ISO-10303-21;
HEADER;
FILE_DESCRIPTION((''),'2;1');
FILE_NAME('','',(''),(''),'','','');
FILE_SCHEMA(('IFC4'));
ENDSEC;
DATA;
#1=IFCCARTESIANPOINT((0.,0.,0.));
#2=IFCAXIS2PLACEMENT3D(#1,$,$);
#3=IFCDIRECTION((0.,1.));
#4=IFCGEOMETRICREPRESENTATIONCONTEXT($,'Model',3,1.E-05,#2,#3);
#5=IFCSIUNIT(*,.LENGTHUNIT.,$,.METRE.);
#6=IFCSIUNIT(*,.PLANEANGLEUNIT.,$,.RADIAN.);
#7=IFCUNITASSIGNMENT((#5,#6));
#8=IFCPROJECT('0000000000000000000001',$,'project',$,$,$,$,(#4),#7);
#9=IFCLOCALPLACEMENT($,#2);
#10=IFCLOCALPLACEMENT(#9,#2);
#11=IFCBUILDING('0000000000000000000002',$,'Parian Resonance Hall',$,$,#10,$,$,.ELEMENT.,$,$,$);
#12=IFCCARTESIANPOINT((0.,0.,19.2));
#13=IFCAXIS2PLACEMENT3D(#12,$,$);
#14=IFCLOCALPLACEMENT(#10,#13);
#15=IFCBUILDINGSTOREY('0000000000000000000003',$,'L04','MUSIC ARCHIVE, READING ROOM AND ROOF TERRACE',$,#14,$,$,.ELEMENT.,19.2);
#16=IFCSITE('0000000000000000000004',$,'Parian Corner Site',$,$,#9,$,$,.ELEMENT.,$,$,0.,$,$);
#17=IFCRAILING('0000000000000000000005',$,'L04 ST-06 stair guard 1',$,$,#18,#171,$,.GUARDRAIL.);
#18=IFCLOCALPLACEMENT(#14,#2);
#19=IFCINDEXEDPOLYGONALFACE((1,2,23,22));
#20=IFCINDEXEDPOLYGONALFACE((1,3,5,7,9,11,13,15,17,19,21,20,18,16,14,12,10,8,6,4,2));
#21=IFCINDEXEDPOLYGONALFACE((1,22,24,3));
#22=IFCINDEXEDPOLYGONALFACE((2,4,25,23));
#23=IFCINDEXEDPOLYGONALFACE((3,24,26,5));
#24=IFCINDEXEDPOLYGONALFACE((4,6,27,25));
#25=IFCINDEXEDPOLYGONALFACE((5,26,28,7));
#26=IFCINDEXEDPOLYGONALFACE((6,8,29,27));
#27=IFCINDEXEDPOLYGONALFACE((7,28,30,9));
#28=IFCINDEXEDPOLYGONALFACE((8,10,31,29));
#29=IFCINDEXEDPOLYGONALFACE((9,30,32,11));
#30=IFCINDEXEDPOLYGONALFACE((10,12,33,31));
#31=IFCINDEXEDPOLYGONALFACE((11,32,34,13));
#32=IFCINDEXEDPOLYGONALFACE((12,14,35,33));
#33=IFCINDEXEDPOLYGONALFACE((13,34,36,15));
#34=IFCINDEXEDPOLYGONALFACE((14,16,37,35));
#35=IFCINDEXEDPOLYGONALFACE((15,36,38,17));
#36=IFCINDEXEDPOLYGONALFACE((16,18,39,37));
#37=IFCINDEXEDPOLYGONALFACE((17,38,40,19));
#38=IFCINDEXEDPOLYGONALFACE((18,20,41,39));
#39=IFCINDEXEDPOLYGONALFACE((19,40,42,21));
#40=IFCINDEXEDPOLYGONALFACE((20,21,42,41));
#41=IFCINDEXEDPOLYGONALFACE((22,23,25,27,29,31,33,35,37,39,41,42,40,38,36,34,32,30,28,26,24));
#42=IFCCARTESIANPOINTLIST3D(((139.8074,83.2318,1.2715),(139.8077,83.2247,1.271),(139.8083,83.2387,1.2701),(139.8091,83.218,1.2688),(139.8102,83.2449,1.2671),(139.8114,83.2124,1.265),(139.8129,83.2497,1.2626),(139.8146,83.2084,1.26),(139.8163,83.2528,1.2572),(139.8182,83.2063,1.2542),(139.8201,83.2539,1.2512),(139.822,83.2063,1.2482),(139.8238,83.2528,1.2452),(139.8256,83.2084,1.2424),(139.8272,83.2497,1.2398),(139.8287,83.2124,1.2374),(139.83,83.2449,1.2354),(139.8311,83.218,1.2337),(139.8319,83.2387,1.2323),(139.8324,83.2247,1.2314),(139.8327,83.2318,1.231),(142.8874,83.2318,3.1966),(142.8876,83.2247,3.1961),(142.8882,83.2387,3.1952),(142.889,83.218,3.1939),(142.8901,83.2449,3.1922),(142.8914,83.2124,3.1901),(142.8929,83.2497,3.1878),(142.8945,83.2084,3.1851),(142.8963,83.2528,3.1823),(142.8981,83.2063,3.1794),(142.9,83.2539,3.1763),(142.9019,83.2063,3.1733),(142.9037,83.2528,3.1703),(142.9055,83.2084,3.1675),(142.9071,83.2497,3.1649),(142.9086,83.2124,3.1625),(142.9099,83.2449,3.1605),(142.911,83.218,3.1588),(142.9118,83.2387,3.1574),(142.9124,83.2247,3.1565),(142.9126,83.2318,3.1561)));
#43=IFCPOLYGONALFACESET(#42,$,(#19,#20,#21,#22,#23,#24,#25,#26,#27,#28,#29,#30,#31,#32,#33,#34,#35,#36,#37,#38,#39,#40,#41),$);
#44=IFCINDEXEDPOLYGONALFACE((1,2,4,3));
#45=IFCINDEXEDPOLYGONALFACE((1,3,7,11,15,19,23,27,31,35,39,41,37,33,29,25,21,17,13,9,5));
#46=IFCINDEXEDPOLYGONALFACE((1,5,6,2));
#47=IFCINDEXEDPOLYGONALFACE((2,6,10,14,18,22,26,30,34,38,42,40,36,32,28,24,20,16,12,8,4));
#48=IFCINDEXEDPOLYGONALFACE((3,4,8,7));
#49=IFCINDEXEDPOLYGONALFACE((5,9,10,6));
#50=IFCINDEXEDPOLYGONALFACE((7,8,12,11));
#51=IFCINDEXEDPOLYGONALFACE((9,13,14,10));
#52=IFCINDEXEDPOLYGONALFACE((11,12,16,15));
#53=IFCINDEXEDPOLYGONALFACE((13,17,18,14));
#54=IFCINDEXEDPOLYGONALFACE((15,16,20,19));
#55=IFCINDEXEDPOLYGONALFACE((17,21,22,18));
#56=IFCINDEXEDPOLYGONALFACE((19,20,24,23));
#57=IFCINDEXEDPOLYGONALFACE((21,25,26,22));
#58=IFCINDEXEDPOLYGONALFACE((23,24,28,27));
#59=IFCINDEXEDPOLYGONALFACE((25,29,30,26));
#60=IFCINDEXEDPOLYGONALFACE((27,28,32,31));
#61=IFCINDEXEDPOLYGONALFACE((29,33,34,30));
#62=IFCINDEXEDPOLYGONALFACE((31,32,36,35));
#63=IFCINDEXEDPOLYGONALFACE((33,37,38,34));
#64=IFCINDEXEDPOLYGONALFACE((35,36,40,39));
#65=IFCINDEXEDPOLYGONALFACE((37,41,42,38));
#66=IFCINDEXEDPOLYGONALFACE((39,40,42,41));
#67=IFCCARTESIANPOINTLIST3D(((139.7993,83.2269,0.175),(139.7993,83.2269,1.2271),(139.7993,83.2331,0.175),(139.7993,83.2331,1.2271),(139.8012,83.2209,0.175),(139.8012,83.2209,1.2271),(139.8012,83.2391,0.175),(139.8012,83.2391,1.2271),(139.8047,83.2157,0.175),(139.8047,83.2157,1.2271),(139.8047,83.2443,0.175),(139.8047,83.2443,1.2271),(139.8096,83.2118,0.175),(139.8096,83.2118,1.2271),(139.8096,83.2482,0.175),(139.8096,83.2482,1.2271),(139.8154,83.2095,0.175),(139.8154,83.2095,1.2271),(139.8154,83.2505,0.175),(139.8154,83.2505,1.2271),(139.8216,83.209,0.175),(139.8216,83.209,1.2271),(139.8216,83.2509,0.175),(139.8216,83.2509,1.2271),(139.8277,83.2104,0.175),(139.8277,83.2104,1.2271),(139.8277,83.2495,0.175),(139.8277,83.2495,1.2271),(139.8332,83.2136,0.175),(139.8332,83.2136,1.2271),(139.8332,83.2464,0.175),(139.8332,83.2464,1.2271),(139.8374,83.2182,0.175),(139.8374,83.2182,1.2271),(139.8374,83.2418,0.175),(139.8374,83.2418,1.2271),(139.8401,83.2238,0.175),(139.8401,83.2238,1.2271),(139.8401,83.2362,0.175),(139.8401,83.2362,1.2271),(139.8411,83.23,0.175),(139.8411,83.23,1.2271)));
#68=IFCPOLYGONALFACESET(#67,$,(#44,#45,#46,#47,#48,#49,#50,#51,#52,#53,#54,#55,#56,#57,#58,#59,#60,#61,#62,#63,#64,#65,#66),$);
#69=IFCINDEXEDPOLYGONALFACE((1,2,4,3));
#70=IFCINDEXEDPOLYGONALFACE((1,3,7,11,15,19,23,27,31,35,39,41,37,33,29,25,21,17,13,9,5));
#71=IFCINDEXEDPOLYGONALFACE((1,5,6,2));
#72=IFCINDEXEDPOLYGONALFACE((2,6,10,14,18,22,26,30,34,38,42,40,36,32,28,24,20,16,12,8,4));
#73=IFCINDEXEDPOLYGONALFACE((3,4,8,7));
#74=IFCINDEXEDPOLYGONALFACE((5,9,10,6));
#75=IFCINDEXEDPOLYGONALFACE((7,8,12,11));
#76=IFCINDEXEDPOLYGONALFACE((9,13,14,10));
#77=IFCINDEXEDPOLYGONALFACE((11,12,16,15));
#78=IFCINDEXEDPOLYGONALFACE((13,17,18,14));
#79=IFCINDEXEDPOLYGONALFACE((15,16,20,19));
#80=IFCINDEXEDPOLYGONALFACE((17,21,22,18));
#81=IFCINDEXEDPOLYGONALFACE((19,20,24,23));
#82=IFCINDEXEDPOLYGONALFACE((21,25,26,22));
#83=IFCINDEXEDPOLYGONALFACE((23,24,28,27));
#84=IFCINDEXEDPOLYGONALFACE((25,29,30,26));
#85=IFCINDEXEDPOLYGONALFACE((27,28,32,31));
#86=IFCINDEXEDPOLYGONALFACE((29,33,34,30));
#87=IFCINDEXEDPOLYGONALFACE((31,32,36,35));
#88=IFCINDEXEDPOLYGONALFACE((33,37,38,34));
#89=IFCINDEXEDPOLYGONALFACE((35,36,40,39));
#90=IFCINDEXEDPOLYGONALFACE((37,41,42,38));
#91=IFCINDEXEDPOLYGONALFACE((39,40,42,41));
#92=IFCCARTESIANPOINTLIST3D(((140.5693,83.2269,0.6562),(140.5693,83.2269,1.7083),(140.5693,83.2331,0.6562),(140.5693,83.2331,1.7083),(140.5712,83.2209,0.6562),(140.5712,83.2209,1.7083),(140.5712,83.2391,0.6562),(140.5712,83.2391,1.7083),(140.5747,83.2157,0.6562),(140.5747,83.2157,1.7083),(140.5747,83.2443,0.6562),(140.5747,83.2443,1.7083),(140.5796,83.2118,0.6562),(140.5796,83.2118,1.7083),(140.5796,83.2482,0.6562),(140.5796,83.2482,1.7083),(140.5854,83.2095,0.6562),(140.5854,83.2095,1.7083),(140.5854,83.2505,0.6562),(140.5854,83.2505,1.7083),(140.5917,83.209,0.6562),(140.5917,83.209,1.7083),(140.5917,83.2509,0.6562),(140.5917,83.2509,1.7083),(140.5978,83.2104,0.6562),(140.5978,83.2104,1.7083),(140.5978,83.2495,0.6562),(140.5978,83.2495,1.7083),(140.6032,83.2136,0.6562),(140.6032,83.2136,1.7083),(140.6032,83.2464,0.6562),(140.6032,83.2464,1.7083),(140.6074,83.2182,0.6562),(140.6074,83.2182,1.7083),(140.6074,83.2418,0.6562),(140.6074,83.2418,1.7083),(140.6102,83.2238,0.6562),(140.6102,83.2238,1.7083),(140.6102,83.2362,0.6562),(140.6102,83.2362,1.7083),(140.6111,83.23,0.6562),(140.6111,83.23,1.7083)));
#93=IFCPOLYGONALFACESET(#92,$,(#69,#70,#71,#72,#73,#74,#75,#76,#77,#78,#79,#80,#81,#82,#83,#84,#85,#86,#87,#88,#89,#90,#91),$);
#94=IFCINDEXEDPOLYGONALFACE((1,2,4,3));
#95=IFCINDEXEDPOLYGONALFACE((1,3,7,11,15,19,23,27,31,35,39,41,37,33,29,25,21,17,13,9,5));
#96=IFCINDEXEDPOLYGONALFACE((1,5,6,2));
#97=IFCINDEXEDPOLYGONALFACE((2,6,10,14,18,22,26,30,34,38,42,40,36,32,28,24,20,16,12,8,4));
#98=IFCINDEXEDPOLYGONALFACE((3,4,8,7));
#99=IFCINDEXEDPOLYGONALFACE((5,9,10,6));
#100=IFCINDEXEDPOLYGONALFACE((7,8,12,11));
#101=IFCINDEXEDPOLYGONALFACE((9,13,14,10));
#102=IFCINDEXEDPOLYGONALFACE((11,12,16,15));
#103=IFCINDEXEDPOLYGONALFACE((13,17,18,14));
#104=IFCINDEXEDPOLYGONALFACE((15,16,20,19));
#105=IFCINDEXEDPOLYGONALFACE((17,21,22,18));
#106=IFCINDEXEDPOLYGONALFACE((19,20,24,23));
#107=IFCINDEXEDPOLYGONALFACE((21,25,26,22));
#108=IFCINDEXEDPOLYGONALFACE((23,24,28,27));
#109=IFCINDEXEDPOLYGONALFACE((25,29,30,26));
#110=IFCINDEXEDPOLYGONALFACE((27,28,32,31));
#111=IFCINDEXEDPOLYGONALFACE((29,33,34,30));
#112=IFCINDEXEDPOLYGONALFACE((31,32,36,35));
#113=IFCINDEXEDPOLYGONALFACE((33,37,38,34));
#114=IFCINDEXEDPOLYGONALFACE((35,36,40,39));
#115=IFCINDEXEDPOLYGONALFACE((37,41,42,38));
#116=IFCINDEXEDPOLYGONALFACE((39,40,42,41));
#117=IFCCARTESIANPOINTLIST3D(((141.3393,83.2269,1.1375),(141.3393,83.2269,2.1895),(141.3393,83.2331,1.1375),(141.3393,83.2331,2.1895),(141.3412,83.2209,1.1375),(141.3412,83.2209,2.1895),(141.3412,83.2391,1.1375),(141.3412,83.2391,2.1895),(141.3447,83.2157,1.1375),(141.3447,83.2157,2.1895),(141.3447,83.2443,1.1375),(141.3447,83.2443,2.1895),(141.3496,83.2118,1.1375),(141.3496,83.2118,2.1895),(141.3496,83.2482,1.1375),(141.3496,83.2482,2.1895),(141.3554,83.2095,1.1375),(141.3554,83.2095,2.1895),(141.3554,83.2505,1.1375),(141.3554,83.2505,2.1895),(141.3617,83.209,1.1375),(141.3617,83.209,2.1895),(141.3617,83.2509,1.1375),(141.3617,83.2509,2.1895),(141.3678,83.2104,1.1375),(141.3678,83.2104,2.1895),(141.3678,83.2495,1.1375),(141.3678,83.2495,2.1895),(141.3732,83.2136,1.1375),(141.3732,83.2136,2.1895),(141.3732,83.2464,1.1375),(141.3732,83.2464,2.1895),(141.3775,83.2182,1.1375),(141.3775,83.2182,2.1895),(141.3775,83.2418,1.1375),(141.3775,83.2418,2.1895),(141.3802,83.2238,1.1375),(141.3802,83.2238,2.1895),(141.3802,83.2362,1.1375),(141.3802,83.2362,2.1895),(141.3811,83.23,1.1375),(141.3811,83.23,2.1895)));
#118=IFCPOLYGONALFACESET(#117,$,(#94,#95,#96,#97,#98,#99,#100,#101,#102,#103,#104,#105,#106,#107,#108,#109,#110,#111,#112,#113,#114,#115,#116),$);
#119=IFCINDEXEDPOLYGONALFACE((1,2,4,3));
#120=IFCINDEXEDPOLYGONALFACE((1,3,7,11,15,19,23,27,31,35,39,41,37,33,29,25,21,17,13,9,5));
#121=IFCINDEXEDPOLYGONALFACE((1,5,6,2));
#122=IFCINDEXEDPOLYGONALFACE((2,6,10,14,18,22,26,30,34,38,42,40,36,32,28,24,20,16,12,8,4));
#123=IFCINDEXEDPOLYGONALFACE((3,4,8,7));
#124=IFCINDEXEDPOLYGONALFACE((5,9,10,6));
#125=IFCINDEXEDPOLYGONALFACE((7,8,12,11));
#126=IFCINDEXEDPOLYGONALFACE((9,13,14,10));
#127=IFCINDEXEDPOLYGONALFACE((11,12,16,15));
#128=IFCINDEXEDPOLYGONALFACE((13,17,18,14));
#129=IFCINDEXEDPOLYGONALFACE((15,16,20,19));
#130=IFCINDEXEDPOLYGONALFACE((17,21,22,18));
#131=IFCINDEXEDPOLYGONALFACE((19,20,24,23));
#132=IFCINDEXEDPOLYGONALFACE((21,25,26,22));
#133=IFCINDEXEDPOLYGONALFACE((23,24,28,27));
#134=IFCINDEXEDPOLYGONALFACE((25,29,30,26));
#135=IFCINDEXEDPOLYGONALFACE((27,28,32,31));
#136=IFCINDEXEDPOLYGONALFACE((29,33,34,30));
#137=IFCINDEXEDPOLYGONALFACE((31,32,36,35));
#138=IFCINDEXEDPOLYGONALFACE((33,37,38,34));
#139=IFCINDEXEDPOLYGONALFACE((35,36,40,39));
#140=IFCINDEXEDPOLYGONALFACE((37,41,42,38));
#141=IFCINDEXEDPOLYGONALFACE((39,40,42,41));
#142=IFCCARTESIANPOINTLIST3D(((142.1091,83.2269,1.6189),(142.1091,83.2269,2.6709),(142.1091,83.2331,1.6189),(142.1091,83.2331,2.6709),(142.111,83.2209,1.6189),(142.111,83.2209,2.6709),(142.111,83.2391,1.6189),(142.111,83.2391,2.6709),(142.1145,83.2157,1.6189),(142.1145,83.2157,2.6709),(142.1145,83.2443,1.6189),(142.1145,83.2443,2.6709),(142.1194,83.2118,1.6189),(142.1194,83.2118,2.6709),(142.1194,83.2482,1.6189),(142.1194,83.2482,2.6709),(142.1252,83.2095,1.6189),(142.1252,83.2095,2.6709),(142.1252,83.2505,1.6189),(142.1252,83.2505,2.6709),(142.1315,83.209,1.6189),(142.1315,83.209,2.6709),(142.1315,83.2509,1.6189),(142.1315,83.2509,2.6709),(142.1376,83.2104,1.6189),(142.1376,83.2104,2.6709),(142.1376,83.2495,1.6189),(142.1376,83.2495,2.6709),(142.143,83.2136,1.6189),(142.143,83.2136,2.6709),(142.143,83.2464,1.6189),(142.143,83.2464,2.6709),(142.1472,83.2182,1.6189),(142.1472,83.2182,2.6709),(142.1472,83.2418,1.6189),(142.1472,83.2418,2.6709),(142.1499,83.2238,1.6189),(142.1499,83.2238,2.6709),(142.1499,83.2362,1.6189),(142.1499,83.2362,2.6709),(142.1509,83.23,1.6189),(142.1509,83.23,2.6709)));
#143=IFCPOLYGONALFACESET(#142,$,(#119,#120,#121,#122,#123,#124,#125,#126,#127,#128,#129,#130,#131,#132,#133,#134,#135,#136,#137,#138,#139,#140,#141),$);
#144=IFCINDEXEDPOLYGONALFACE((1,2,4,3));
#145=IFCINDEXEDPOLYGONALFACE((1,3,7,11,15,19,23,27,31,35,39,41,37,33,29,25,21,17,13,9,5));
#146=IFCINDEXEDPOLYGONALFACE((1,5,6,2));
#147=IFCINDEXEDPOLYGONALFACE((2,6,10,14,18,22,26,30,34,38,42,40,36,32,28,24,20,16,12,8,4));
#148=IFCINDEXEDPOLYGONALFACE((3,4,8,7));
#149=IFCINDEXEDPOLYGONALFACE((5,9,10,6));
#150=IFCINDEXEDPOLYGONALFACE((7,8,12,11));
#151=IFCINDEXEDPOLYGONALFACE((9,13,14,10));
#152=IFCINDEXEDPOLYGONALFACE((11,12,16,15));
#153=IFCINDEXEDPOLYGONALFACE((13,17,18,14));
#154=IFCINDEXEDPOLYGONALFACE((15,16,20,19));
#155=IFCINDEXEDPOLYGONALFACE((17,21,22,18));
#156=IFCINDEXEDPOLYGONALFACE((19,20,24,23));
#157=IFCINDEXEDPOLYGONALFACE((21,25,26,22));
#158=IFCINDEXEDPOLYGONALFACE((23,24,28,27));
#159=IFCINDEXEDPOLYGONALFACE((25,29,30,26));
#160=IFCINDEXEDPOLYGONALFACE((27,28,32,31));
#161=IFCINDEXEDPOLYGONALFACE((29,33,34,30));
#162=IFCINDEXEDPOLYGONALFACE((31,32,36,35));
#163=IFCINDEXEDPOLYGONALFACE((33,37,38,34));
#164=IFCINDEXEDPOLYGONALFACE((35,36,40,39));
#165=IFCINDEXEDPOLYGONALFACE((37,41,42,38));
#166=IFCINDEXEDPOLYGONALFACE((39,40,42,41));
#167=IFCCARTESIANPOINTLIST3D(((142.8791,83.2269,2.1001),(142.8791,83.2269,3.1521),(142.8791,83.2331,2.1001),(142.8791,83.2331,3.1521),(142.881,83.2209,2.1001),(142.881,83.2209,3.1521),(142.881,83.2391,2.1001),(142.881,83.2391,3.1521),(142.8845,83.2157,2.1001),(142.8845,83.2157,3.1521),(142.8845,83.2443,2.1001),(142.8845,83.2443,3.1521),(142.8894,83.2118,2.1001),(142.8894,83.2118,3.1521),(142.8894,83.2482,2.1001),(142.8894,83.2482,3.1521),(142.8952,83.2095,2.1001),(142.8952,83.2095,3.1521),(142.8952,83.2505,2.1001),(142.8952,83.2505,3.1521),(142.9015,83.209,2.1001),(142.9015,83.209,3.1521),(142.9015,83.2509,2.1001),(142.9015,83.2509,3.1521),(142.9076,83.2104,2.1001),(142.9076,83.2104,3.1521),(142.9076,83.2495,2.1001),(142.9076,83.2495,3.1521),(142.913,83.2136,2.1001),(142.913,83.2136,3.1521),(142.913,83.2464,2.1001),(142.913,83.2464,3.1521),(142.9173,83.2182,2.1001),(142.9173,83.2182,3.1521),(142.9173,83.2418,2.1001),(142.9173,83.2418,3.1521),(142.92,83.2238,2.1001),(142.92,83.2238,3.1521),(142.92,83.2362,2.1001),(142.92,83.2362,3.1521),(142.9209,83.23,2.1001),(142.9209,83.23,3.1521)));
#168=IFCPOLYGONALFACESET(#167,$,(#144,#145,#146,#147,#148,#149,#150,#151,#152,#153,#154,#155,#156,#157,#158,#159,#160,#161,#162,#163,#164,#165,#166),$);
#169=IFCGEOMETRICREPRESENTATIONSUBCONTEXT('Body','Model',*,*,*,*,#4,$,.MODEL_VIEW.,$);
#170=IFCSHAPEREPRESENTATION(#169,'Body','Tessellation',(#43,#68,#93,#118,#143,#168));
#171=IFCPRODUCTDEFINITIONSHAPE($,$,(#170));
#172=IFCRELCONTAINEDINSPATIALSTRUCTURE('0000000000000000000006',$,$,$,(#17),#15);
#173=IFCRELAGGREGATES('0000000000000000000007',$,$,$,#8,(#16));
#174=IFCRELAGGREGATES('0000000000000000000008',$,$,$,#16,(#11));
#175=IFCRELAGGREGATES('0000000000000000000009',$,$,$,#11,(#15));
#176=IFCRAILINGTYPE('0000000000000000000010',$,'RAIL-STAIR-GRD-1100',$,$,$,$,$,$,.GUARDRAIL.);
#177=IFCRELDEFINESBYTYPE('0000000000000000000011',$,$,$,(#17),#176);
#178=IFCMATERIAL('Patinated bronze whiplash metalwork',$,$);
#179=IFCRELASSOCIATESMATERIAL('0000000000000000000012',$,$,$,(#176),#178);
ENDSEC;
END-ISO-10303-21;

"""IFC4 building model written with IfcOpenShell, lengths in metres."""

from ifc_helpers import new_model, si_unit, direction, frame, origin, origin_2d, place, context, subcontext, project, spatial, circle, extrude, material, type_object, element, save


model = new_model("IFC4")

# Units and contexts
model_context = context("Model", 3, precision=1e-05, world=origin(), true_north=direction((0.0, 1.0)))
body_context = subcontext(model_context, "Body", "Model", "MODEL_VIEW")
ifc_project = project(units=[si_unit("LENGTHUNIT", "METRE"), si_unit("PLANEANGLEUNIT", "RADIAN")], contexts=[model_context])

# Site, building, storey
site_placement = place(None, origin())
site = spatial("IfcSite", under=ifc_project, at=site_placement, Name="Parian Corner Site", CompositionType="ELEMENT", RefElevation=0.0)
building_placement = place(site_placement, origin())
building = spatial("IfcBuilding", under=site, at=building_placement, Name="Parian Resonance Hall", CompositionType="ELEMENT")
storey_placement = place(building_placement, frame((0.0, 0.0, 19.2)))
storey = spatial("IfcBuildingStorey", under=building, at=storey_placement, Name="L04", Description="MUSIC ARCHIVE, READING ROOM AND ROOF TERRACE", CompositionType="ELEMENT", Elevation=19.2)

# Railing
ifc_material_1 = material(Name="Patinated bronze whiplash metalwork")
railing_type_1 = type_object("IfcRailingType", Name="RAIL-STAIR-GRD-1100", PredefinedType="GUARDRAIL", material=ifc_material_1)
railing_1_placement = place(storey_placement, frame((139.8201, 83.23, 0.175)))
element("IfcRailing", 1, at=railing_1_placement, inside=storey, type_object=railing_type_1, Name="L04 ST-06 stair guard 1", PredefinedType="GUARDRAIL", context=body_context, shape_type="SweptSolid", body=[
    extrude(circle(Radius=0.0239, at=origin_2d()), frame((0.0, 0.0, 1.0762), z_axis=(0.847979, 0.0, 0.530029), x_axis=(0.0, 1.0, 0.0)), (0.0, 0.0, 1.0), 3.6321),
    extrude(circle(Radius=0.021, at=origin_2d()), origin(), (0.0, 0.0, 1.0), 1.052),
    extrude(circle(Radius=0.021, at=origin_2d()), frame((0.77, 0.0, 0.4812)), (0.0, 0.0, 1.0), 1.052),
    extrude(circle(Radius=0.021, at=origin_2d()), frame((1.54, 0.0, 0.9624)), (0.0, 0.0, 1.0), 1.052),
    extrude(circle(Radius=0.021, at=origin_2d()), frame((2.3098, 0.0, 1.4438)), (0.0, 0.0, 1.0), 1.052),
    extrude(circle(Radius=0.021, at=origin_2d()), frame((3.0798, 0.0, 1.925)), (0.0, 0.0, 1.0), 1.052),
])

save(model, "model.ifc")
